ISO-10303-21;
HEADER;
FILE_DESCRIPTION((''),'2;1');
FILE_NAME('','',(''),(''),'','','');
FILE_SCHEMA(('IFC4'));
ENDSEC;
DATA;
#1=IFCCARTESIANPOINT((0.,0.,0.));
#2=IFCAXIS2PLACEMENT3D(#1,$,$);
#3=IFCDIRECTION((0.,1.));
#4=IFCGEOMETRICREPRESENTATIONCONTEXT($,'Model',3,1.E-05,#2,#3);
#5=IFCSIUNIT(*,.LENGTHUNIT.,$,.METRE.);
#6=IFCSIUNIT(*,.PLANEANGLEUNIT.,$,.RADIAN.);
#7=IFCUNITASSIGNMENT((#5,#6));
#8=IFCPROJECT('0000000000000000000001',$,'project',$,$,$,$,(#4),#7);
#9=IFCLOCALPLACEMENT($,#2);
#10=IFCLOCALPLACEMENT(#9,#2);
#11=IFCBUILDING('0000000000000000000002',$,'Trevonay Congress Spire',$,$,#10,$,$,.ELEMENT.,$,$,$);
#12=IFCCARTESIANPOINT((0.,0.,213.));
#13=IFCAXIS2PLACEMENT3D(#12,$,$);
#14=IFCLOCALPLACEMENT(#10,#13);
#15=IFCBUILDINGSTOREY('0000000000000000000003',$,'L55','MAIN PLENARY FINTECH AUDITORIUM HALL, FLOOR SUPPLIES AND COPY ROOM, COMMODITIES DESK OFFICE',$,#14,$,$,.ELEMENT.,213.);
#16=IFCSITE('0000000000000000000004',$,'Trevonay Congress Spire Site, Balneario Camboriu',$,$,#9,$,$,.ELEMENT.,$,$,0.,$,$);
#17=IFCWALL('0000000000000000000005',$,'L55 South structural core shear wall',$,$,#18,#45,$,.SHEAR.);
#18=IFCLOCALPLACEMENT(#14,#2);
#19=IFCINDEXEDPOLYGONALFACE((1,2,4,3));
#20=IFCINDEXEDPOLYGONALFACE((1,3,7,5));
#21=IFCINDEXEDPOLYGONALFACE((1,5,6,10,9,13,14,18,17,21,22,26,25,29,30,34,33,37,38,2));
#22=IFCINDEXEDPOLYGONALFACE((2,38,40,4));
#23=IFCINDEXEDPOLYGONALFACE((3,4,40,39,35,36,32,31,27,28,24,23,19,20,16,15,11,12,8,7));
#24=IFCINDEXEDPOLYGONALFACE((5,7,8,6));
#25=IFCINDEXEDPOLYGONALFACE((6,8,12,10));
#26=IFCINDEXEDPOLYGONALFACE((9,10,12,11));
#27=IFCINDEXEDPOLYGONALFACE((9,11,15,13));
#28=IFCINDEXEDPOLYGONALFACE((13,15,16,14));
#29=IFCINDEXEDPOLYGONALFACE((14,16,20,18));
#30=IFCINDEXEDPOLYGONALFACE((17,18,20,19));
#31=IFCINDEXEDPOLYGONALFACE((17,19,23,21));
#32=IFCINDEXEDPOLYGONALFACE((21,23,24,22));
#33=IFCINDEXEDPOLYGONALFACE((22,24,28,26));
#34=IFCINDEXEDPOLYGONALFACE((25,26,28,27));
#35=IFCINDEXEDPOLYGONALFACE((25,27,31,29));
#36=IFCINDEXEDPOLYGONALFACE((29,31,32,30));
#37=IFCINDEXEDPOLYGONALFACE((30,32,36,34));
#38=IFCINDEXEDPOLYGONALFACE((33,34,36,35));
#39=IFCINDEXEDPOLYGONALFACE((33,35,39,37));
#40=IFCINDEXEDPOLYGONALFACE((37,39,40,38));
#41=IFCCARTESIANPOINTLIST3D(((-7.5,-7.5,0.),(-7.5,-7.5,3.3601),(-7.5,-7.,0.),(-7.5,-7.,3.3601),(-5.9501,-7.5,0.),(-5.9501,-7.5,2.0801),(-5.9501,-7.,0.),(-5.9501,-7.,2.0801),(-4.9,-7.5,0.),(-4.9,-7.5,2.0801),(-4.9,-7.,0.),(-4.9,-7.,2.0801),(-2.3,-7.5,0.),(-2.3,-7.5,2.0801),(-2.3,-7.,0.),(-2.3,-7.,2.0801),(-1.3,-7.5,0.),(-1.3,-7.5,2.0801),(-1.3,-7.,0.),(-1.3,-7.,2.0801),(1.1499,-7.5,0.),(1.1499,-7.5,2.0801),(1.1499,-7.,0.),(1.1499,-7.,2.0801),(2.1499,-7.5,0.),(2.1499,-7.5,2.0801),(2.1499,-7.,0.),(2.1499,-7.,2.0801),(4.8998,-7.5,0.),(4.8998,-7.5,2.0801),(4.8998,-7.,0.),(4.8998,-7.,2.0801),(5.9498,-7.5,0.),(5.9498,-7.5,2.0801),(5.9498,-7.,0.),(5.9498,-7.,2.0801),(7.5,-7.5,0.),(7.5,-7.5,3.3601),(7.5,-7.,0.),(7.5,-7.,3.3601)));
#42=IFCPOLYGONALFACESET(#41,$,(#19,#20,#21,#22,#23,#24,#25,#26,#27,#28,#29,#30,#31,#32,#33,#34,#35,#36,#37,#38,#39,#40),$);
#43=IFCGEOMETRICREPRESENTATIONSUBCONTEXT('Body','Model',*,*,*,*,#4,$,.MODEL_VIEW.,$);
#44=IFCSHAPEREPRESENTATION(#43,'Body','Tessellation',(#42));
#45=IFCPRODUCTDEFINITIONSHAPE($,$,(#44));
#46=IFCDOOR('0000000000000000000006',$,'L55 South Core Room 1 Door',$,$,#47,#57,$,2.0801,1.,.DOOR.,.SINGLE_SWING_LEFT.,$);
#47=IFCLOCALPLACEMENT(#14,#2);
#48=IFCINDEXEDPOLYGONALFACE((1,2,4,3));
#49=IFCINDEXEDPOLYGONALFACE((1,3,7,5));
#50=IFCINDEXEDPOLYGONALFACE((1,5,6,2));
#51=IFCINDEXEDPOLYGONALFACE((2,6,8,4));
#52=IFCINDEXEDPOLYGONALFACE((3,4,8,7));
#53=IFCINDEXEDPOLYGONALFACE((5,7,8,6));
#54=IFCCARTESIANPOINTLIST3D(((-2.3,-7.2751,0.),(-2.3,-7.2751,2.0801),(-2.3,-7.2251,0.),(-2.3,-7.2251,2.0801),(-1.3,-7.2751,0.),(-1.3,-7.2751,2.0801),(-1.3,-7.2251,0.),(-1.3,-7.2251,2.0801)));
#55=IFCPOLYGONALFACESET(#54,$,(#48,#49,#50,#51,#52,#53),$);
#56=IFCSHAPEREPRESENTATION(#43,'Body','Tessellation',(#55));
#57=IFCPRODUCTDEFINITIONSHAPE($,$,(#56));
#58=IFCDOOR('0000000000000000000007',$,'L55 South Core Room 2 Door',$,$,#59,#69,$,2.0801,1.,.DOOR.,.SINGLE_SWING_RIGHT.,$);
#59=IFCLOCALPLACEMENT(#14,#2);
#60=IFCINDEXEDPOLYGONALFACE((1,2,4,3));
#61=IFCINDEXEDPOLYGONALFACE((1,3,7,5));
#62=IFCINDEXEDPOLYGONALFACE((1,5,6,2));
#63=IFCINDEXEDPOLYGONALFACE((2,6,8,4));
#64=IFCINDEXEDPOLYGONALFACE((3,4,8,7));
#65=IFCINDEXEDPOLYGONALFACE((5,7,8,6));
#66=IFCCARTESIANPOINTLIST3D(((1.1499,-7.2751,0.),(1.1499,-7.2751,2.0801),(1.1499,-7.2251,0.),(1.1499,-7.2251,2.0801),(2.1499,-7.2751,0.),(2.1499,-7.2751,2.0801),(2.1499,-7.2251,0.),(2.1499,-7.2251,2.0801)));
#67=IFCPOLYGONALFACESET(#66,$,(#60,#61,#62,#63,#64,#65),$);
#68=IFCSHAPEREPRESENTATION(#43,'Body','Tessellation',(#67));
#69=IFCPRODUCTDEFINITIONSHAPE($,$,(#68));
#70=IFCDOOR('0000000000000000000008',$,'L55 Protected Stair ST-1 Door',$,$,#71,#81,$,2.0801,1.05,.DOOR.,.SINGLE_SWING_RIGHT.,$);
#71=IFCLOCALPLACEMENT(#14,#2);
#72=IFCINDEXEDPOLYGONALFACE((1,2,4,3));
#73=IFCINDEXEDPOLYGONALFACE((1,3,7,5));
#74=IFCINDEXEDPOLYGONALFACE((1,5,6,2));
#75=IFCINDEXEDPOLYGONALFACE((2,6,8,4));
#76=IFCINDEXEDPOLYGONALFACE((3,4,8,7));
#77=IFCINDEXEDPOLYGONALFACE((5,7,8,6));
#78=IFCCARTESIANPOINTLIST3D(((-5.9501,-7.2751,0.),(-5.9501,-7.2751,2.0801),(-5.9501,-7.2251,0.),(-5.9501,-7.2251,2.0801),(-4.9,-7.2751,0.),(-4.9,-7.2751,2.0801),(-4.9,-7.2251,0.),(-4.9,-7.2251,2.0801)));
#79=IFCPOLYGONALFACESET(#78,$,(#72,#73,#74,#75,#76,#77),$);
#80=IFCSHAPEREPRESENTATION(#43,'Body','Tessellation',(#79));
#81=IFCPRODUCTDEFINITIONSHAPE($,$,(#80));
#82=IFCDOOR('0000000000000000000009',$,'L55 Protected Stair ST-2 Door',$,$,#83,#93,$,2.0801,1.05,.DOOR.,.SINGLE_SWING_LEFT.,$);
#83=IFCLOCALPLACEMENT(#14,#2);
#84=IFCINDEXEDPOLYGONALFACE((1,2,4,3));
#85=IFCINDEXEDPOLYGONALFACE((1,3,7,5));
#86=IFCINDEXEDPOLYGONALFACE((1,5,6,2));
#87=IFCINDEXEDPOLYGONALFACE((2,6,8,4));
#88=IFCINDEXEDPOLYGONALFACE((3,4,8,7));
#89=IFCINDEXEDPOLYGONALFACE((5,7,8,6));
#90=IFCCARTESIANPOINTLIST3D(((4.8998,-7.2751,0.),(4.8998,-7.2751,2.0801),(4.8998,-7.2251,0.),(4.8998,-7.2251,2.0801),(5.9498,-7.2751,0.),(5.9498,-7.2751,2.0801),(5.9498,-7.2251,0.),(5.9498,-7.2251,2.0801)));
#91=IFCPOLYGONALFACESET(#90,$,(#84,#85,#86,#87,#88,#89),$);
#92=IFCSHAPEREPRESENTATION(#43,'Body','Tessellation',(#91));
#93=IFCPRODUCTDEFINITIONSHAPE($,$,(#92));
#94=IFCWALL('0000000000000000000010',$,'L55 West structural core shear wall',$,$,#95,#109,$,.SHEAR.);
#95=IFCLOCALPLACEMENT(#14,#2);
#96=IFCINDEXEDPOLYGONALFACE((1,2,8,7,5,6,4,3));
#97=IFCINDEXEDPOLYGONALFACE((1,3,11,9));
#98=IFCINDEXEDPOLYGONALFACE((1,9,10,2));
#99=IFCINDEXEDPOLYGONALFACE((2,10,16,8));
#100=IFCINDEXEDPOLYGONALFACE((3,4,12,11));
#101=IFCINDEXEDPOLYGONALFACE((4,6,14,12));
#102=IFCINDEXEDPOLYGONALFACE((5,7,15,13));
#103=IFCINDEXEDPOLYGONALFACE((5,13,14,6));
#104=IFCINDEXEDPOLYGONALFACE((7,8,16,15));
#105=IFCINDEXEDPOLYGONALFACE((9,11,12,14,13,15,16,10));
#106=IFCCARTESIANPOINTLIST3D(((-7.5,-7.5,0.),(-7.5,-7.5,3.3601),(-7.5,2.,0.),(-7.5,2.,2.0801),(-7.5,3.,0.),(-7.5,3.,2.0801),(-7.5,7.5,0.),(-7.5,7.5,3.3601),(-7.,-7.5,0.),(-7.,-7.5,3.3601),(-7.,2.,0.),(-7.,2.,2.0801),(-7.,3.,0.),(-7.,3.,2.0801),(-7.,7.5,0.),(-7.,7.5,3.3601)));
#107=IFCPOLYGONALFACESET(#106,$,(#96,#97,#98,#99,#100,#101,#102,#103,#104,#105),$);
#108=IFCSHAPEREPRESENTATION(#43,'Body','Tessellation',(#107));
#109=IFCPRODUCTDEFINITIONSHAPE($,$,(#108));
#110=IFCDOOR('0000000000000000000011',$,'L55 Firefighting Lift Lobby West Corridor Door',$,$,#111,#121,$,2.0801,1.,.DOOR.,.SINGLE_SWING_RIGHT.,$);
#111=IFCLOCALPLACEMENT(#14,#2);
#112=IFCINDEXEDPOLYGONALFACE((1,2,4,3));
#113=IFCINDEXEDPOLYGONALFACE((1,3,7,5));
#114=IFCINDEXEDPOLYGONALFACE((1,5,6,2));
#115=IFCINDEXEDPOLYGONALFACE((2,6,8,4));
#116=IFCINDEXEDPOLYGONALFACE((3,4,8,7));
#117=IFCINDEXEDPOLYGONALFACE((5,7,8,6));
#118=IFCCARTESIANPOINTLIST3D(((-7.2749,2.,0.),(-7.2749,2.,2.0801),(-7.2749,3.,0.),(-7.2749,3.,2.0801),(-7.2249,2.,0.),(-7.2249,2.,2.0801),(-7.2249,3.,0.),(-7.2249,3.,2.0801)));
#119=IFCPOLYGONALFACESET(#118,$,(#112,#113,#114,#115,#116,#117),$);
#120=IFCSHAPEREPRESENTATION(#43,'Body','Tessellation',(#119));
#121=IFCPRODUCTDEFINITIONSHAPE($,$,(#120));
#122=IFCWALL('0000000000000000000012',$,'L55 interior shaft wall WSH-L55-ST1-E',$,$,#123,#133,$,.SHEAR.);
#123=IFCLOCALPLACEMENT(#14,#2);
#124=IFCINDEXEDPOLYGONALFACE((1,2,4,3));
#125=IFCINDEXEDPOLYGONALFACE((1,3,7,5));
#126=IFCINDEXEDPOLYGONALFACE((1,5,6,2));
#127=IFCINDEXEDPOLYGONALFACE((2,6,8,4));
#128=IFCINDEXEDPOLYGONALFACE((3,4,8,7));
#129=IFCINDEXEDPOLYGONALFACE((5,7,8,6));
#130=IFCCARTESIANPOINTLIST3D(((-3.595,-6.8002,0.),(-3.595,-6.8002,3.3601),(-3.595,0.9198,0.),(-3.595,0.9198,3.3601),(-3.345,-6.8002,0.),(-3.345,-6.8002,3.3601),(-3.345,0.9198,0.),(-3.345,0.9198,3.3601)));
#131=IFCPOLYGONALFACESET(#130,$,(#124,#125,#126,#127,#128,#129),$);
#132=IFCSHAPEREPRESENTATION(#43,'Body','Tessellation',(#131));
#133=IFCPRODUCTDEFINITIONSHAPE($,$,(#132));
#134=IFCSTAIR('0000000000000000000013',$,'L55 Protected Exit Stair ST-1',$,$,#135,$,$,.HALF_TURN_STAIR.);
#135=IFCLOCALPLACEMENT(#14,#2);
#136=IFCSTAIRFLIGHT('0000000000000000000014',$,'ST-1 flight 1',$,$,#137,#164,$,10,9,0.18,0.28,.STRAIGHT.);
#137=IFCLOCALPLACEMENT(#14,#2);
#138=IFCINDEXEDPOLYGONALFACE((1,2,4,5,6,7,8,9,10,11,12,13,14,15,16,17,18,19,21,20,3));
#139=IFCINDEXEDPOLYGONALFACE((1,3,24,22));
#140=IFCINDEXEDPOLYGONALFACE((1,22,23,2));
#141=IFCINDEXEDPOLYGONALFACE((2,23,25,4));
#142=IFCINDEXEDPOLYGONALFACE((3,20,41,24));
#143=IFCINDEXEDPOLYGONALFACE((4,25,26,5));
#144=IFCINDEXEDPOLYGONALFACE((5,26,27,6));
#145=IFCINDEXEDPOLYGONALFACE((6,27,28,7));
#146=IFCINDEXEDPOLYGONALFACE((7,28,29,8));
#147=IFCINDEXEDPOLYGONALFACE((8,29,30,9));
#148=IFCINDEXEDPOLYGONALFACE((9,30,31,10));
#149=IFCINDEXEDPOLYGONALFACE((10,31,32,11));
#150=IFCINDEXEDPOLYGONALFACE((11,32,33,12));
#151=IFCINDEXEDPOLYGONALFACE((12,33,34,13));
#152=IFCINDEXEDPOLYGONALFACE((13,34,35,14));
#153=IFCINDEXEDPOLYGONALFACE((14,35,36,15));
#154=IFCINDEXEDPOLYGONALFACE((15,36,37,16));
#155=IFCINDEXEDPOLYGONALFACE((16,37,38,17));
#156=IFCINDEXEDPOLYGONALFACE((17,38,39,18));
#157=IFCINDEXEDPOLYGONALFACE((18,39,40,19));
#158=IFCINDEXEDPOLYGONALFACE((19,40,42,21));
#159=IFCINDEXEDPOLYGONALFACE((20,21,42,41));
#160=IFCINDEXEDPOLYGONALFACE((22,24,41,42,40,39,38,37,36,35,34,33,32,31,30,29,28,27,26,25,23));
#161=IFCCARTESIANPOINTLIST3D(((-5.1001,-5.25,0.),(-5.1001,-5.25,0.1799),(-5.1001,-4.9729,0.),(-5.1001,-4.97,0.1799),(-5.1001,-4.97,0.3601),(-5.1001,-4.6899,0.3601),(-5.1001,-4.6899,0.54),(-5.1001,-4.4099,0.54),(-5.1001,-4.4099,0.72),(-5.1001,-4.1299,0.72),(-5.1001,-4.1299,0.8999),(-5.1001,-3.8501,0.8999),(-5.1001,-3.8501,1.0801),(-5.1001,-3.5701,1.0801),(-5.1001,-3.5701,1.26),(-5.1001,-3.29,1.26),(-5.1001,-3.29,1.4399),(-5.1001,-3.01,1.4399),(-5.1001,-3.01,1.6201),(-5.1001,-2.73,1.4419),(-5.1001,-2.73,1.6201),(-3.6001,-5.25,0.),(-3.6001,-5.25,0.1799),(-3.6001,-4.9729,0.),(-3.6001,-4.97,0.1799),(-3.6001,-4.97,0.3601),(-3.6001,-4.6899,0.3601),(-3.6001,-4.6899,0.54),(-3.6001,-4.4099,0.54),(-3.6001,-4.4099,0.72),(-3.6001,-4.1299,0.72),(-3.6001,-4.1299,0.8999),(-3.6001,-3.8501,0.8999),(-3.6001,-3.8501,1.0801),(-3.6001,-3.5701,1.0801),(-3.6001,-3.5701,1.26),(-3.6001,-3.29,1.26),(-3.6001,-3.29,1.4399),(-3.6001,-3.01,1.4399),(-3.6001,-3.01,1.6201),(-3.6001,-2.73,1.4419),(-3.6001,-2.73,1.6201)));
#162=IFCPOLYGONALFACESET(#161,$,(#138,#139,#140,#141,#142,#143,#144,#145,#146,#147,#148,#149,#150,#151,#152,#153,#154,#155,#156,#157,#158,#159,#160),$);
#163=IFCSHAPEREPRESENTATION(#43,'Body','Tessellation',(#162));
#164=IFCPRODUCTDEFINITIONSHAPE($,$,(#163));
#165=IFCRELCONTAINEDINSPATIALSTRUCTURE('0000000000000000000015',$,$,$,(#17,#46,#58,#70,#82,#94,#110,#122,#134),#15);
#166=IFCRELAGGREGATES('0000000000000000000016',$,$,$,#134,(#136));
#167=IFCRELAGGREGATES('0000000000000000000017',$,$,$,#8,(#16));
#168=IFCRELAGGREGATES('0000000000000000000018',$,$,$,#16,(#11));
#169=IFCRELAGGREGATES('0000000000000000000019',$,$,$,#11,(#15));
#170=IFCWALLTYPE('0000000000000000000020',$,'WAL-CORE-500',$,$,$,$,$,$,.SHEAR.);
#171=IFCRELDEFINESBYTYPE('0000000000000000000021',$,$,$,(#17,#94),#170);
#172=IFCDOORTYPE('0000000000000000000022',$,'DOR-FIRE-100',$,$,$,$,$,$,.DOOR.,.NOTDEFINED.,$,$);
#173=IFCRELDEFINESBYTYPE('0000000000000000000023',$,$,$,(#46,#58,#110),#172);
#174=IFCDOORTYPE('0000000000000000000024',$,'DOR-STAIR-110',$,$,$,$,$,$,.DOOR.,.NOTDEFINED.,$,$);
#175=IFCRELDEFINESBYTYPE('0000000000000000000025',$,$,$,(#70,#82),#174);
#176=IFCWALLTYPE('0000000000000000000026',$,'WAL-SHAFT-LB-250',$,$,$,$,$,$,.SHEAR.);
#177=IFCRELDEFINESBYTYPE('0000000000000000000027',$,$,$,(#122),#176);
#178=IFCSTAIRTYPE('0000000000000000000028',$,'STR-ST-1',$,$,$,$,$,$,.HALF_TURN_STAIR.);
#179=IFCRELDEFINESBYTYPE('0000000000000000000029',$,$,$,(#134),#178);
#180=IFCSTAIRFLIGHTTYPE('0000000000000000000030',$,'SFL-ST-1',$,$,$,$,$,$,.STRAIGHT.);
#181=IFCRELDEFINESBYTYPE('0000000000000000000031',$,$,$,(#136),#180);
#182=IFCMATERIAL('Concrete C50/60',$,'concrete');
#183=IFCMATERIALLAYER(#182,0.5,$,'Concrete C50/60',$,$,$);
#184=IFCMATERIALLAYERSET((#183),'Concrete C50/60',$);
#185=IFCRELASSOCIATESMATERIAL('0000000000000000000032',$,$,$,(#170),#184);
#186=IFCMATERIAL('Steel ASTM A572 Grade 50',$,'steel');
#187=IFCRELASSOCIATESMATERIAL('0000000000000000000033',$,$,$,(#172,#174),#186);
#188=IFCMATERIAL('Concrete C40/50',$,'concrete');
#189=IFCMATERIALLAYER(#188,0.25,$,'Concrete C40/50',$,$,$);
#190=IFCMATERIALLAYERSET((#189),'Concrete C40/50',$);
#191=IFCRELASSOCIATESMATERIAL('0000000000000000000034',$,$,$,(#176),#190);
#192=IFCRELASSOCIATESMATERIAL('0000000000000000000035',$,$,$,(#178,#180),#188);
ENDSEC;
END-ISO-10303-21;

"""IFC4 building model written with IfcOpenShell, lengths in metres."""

from ifc_helpers import new_model, si_unit, direction, frame, frame_2d, origin, place, context, subcontext, project, spatial, polyline, rectangle, outline, extrude, material, layer, layer_set, type_object, element, fill, aggregate, save


model = new_model("IFC4")

# Units and contexts
model_context = context("Model", 3, precision=1e-05, world=origin(), true_north=direction((0.0, 1.0)))
body_context = subcontext(model_context, "Body", "Model", "MODEL_VIEW")
ifc_project = project(units=[si_unit("LENGTHUNIT", "METRE"), si_unit("PLANEANGLEUNIT", "RADIAN")], contexts=[model_context])

# Site, building, storey
site_placement = place(None, origin())
site = spatial("IfcSite", under=ifc_project, at=site_placement, Name="Trevonay Congress Spire Site, Balneario Camboriu", CompositionType="ELEMENT", RefElevation=0.0)
building_placement = place(site_placement, origin())
building = spatial("IfcBuilding", under=site, at=building_placement, Name="Trevonay Congress Spire", CompositionType="ELEMENT")
storey_placement = place(building_placement, frame((0.0, 0.0, 213.0)))
storey = spatial("IfcBuildingStorey", under=building, at=storey_placement, Name="L55", Description="MAIN PLENARY FINTECH AUDITORIUM HALL, FLOOR SUPPLIES AND COPY ROOM, COMMODITIES DESK OFFICE", CompositionType="ELEMENT", Elevation=213.0)

# Shared definitions
ifc_material_1 = material(Name="Steel ASTM A572 Grade 50", Category="steel")

# Wall, openings, doors
ifc_material_2 = material(Name="Concrete C50/60", Category="concrete")
ifc_layer_1 = layer(ifc_material_2, 0.5, Name="Concrete C50/60")
ifc_layer_set_1 = layer_set([ifc_layer_1], Name="Concrete C50/60")
wall_type_1 = type_object("IfcWallType", Name="WAL-CORE-500", PredefinedType="SHEAR", material=ifc_layer_set_1)
wall_1_placement = place(storey_placement, frame((-7.5, -7.25, 0.0), z_axis=(0.0, 0.0, 1.0), x_axis=(1.0, 0.0, 0.0)))
wall_1 = element("IfcWall", 1, at=wall_1_placement, inside=storey, type_object=wall_type_1, Name="L55 South structural core shear wall", PredefinedType="SHEAR", context=body_context, shape_type="SweptSolid", body=[
    extrude(rectangle(XDim=15.0, YDim=0.5, at=frame_2d((7.5, 0.0))), origin(), (0.0, 0.0, 1.0), 3.3601),
])
opening_1_placement = place(wall_1_placement, frame((1.55, 0.0, 0.0)))
opening_1 = element("IfcOpeningElement", 2, at=opening_1_placement, cuts=wall_1, PredefinedType="OPENING", context=body_context, shape_type="SweptSolid", body=[
    extrude(rectangle(XDim=1.05, YDim=2.0801, at=frame_2d((0.5249, 1.04))), frame((0.0, 0.26, 0.0), z_axis=(0.0, -1.0, 0.0), x_axis=(1.0, 0.0, 0.0)), (0.0, 0.0, 1.0), 0.52),
])
opening_2_placement = place(wall_1_placement, frame((12.3999, 0.0, 0.0)))
opening_2 = element("IfcOpeningElement", 3, at=opening_2_placement, cuts=wall_1, PredefinedType="OPENING", context=body_context, shape_type="SweptSolid", body=[
    extrude(rectangle(XDim=1.05, YDim=2.0801, at=frame_2d((0.5249, 1.04))), frame((0.0, 0.26, 0.0), z_axis=(0.0, -1.0, 0.0), x_axis=(1.0, 0.0, 0.0)), (0.0, 0.0, 1.0), 0.52),
])
opening_3_placement = place(wall_1_placement, frame((5.2, 0.0, 0.0)))
opening_3 = element("IfcOpeningElement", 4, at=opening_3_placement, cuts=wall_1, PredefinedType="OPENING", context=body_context, shape_type="SweptSolid", body=[
    extrude(rectangle(XDim=1.0, YDim=2.0801, at=frame_2d((0.5, 1.04))), frame((0.0, 0.26, 0.0), z_axis=(0.0, -1.0, 0.0), x_axis=(1.0, 0.0, 0.0)), (0.0, 0.0, 1.0), 0.52),
])
opening_4_placement = place(wall_1_placement, frame((8.6499, 0.0, 0.0)))
opening_4 = element("IfcOpeningElement", 5, at=opening_4_placement, cuts=wall_1, PredefinedType="OPENING", context=body_context, shape_type="SweptSolid", body=[
    extrude(rectangle(XDim=1.0, YDim=2.0801, at=frame_2d((0.5, 1.04))), frame((0.0, 0.26, 0.0), z_axis=(0.0, -1.0, 0.0), x_axis=(1.0, 0.0, 0.0)), (0.0, 0.0, 1.0), 0.52),
])
door_type_1 = type_object("IfcDoorType", Name="DOR-FIRE-100", OperationType="NOTDEFINED", PredefinedType="DOOR", material=ifc_material_1)
door_1_placement = place(opening_3_placement, origin())
door_1 = element("IfcDoor", 6, at=door_1_placement, inside=storey, type_object=door_type_1, Name="L55 South Core Room 1 Door", OperationType="SINGLE_SWING_LEFT", OverallHeight=2.0801, OverallWidth=1.0, PredefinedType="DOOR", context=body_context, shape_type="SweptSolid", body=[
    extrude(rectangle(XDim=1.0, YDim=2.0801, at=frame_2d((0.5, 1.04))), frame((0.0, 0.0249, 0.0), z_axis=(0.0, -1.0, 0.0), x_axis=(1.0, 0.0, 0.0)), (0.0, 0.0, 1.0), 0.05),
])
fill(opening_3, door_1)
door_2_placement = place(opening_4_placement, origin())
door_2 = element("IfcDoor", 7, at=door_2_placement, inside=storey, type_object=door_type_1, Name="L55 South Core Room 2 Door", OperationType="SINGLE_SWING_RIGHT", OverallHeight=2.0801, OverallWidth=1.0, PredefinedType="DOOR", context=body_context, shape_type="SweptSolid", body=[
    extrude(rectangle(XDim=1.0, YDim=2.0801, at=frame_2d((0.5, 1.04))), frame((0.0, 0.0249, 0.0), z_axis=(0.0, -1.0, 0.0), x_axis=(1.0, 0.0, 0.0)), (0.0, 0.0, 1.0), 0.05),
])
fill(opening_4, door_2)
door_type_2 = type_object("IfcDoorType", Name="DOR-STAIR-110", OperationType="NOTDEFINED", PredefinedType="DOOR", material=ifc_material_1)
door_3_placement = place(opening_1_placement, origin())
door_3 = element("IfcDoor", 8, at=door_3_placement, inside=storey, type_object=door_type_2, Name="L55 Protected Stair ST-1 Door", OperationType="SINGLE_SWING_RIGHT", OverallHeight=2.0801, OverallWidth=1.05, PredefinedType="DOOR", context=body_context, shape_type="SweptSolid", body=[
    extrude(rectangle(XDim=1.05, YDim=2.0801, at=frame_2d((0.5249, 1.04))), frame((0.0, 0.0249, 0.0), z_axis=(0.0, -1.0, 0.0), x_axis=(1.0, 0.0, 0.0)), (0.0, 0.0, 1.0), 0.05),
])
fill(opening_1, door_3)
door_4_placement = place(opening_2_placement, origin())
door_4 = element("IfcDoor", 9, at=door_4_placement, inside=storey, type_object=door_type_2, Name="L55 Protected Stair ST-2 Door", OperationType="SINGLE_SWING_LEFT", OverallHeight=2.0801, OverallWidth=1.05, PredefinedType="DOOR", context=body_context, shape_type="SweptSolid", body=[
    extrude(rectangle(XDim=1.05, YDim=2.0801, at=frame_2d((0.5249, 1.04))), frame((0.0, 0.0249, 0.0), z_axis=(0.0, -1.0, 0.0), x_axis=(1.0, 0.0, 0.0)), (0.0, 0.0, 1.0), 0.05),
])
fill(opening_2, door_4)

# Wall, opening, door
wall_2_placement = place(storey_placement, frame((-7.25, -7.5, 0.0), z_axis=(0.0, 0.0, 1.0), x_axis=(0.0, 1.0, 0.0)))
wall_2 = element("IfcWall", 10, at=wall_2_placement, inside=storey, type_object=wall_type_1, Name="L55 West structural core shear wall", PredefinedType="SHEAR", context=body_context, shape_type="SweptSolid", body=[
    extrude(rectangle(XDim=15.0, YDim=0.5, at=frame_2d((7.5, 0.0))), origin(), (0.0, 0.0, 1.0), 3.3601),
])
opening_5_placement = place(wall_2_placement, frame((9.5, 0.0, 0.0)))
opening_5 = element("IfcOpeningElement", 11, at=opening_5_placement, cuts=wall_2, PredefinedType="OPENING", context=body_context, shape_type="SweptSolid", body=[
    extrude(rectangle(XDim=1.0, YDim=2.0801, at=frame_2d((0.5, 1.04))), frame((0.0, 0.26, 0.0), z_axis=(0.0, -1.0, 0.0), x_axis=(1.0, 0.0, 0.0)), (0.0, 0.0, 1.0), 0.52),
])
door_5_placement = place(opening_5_placement, origin())
door_5 = element("IfcDoor", 12, at=door_5_placement, inside=storey, type_object=door_type_1, Name="L55 Firefighting Lift Lobby West Corridor Door", OperationType="SINGLE_SWING_RIGHT", OverallHeight=2.0801, OverallWidth=1.0, PredefinedType="DOOR", context=body_context, shape_type="SweptSolid", body=[
    extrude(rectangle(XDim=1.0, YDim=2.0801, at=frame_2d((0.5, 1.04))), frame((0.0, 0.0249, 0.0), z_axis=(0.0, -1.0, 0.0), x_axis=(1.0, 0.0, 0.0)), (0.0, 0.0, 1.0), 0.05),
])
fill(opening_5, door_5)

# Wall
ifc_material_3 = material(Name="Concrete C40/50", Category="concrete")
ifc_layer_2 = layer(ifc_material_3, 0.25, Name="Concrete C40/50")
ifc_layer_set_2 = layer_set([ifc_layer_2], Name="Concrete C40/50")
wall_type_2 = type_object("IfcWallType", Name="WAL-SHAFT-LB-250", PredefinedType="SHEAR", material=ifc_layer_set_2)
wall_3_placement = place(storey_placement, frame((-3.47, -6.8, 0.0), z_axis=(0.0, 0.0, 1.0), x_axis=(0.0, 1.0, 0.0)))
element("IfcWall", 13, at=wall_3_placement, inside=storey, type_object=wall_type_2, Name="L55 interior shaft wall WSH-L55-ST1-E", PredefinedType="SHEAR", context=body_context, shape_type="SweptSolid", body=[
    extrude(rectangle(XDim=7.72, YDim=0.25, at=frame_2d((3.8599, 0.0))), origin(), (0.0, 0.0, 1.0), 3.3601),
])

# Stair, stair flight
stair_type = type_object("IfcStairType", Name="STR-ST-1", PredefinedType="HALF_TURN_STAIR", material=ifc_material_3)
stair_placement = place(storey_placement, origin())
stair = element("IfcStair", 14, at=stair_placement, inside=storey, type_object=stair_type, Name="L55 Protected Exit Stair ST-1", PredefinedType="HALF_TURN_STAIR")
stair_flight_type = type_object("IfcStairFlightType", Name="SFL-ST-1", PredefinedType="STRAIGHT", material=ifc_material_3)
stair_flight_1_placement = place(storey_placement, frame((-4.3501, -5.25, 0.0), z_axis=(0.0, 0.0, 1.0), x_axis=(0.0, 1.0, 0.0)))
stair_flight_1 = element("IfcStairFlight", 15, at=stair_flight_1_placement, type_object=stair_flight_type, Name="ST-1 flight 1", NumberOfRisers=10, NumberOfTreads=9, PredefinedType="STRAIGHT", RiserHeight=0.18, TreadLength=0.28, context=body_context, shape_type="SweptSolid", body=[
    extrude(outline(polyline([(0.0, 0.0), (0.0, 0.1799), (0.28, 0.1799), (0.28, 0.3601), (0.5601, 0.3601), (0.5601, 0.54), (0.8401, 0.54), (0.8401, 0.72), (1.1201, 0.72), (1.1201, 0.8999), (1.3999, 0.8999), (1.3999, 1.0801), (1.6799, 1.0801), (1.6799, 1.26), (1.96, 1.26), (1.96, 1.4399), (2.24, 1.4399), (2.24, 1.6201), (2.52, 1.6201), (2.52, 1.8), (2.52, 1.4419), (0.2771, 0.0), (0.0, 0.0)])), frame((0.0, 0.75, 0.0), z_axis=(0.0, -1.0, 0.0), x_axis=(1.0, 0.0, 0.0)), (0.0, 0.0, 1.0), 1.5),
])
aggregate(stair, [stair_flight_1])

save(model, "model.ifc")
